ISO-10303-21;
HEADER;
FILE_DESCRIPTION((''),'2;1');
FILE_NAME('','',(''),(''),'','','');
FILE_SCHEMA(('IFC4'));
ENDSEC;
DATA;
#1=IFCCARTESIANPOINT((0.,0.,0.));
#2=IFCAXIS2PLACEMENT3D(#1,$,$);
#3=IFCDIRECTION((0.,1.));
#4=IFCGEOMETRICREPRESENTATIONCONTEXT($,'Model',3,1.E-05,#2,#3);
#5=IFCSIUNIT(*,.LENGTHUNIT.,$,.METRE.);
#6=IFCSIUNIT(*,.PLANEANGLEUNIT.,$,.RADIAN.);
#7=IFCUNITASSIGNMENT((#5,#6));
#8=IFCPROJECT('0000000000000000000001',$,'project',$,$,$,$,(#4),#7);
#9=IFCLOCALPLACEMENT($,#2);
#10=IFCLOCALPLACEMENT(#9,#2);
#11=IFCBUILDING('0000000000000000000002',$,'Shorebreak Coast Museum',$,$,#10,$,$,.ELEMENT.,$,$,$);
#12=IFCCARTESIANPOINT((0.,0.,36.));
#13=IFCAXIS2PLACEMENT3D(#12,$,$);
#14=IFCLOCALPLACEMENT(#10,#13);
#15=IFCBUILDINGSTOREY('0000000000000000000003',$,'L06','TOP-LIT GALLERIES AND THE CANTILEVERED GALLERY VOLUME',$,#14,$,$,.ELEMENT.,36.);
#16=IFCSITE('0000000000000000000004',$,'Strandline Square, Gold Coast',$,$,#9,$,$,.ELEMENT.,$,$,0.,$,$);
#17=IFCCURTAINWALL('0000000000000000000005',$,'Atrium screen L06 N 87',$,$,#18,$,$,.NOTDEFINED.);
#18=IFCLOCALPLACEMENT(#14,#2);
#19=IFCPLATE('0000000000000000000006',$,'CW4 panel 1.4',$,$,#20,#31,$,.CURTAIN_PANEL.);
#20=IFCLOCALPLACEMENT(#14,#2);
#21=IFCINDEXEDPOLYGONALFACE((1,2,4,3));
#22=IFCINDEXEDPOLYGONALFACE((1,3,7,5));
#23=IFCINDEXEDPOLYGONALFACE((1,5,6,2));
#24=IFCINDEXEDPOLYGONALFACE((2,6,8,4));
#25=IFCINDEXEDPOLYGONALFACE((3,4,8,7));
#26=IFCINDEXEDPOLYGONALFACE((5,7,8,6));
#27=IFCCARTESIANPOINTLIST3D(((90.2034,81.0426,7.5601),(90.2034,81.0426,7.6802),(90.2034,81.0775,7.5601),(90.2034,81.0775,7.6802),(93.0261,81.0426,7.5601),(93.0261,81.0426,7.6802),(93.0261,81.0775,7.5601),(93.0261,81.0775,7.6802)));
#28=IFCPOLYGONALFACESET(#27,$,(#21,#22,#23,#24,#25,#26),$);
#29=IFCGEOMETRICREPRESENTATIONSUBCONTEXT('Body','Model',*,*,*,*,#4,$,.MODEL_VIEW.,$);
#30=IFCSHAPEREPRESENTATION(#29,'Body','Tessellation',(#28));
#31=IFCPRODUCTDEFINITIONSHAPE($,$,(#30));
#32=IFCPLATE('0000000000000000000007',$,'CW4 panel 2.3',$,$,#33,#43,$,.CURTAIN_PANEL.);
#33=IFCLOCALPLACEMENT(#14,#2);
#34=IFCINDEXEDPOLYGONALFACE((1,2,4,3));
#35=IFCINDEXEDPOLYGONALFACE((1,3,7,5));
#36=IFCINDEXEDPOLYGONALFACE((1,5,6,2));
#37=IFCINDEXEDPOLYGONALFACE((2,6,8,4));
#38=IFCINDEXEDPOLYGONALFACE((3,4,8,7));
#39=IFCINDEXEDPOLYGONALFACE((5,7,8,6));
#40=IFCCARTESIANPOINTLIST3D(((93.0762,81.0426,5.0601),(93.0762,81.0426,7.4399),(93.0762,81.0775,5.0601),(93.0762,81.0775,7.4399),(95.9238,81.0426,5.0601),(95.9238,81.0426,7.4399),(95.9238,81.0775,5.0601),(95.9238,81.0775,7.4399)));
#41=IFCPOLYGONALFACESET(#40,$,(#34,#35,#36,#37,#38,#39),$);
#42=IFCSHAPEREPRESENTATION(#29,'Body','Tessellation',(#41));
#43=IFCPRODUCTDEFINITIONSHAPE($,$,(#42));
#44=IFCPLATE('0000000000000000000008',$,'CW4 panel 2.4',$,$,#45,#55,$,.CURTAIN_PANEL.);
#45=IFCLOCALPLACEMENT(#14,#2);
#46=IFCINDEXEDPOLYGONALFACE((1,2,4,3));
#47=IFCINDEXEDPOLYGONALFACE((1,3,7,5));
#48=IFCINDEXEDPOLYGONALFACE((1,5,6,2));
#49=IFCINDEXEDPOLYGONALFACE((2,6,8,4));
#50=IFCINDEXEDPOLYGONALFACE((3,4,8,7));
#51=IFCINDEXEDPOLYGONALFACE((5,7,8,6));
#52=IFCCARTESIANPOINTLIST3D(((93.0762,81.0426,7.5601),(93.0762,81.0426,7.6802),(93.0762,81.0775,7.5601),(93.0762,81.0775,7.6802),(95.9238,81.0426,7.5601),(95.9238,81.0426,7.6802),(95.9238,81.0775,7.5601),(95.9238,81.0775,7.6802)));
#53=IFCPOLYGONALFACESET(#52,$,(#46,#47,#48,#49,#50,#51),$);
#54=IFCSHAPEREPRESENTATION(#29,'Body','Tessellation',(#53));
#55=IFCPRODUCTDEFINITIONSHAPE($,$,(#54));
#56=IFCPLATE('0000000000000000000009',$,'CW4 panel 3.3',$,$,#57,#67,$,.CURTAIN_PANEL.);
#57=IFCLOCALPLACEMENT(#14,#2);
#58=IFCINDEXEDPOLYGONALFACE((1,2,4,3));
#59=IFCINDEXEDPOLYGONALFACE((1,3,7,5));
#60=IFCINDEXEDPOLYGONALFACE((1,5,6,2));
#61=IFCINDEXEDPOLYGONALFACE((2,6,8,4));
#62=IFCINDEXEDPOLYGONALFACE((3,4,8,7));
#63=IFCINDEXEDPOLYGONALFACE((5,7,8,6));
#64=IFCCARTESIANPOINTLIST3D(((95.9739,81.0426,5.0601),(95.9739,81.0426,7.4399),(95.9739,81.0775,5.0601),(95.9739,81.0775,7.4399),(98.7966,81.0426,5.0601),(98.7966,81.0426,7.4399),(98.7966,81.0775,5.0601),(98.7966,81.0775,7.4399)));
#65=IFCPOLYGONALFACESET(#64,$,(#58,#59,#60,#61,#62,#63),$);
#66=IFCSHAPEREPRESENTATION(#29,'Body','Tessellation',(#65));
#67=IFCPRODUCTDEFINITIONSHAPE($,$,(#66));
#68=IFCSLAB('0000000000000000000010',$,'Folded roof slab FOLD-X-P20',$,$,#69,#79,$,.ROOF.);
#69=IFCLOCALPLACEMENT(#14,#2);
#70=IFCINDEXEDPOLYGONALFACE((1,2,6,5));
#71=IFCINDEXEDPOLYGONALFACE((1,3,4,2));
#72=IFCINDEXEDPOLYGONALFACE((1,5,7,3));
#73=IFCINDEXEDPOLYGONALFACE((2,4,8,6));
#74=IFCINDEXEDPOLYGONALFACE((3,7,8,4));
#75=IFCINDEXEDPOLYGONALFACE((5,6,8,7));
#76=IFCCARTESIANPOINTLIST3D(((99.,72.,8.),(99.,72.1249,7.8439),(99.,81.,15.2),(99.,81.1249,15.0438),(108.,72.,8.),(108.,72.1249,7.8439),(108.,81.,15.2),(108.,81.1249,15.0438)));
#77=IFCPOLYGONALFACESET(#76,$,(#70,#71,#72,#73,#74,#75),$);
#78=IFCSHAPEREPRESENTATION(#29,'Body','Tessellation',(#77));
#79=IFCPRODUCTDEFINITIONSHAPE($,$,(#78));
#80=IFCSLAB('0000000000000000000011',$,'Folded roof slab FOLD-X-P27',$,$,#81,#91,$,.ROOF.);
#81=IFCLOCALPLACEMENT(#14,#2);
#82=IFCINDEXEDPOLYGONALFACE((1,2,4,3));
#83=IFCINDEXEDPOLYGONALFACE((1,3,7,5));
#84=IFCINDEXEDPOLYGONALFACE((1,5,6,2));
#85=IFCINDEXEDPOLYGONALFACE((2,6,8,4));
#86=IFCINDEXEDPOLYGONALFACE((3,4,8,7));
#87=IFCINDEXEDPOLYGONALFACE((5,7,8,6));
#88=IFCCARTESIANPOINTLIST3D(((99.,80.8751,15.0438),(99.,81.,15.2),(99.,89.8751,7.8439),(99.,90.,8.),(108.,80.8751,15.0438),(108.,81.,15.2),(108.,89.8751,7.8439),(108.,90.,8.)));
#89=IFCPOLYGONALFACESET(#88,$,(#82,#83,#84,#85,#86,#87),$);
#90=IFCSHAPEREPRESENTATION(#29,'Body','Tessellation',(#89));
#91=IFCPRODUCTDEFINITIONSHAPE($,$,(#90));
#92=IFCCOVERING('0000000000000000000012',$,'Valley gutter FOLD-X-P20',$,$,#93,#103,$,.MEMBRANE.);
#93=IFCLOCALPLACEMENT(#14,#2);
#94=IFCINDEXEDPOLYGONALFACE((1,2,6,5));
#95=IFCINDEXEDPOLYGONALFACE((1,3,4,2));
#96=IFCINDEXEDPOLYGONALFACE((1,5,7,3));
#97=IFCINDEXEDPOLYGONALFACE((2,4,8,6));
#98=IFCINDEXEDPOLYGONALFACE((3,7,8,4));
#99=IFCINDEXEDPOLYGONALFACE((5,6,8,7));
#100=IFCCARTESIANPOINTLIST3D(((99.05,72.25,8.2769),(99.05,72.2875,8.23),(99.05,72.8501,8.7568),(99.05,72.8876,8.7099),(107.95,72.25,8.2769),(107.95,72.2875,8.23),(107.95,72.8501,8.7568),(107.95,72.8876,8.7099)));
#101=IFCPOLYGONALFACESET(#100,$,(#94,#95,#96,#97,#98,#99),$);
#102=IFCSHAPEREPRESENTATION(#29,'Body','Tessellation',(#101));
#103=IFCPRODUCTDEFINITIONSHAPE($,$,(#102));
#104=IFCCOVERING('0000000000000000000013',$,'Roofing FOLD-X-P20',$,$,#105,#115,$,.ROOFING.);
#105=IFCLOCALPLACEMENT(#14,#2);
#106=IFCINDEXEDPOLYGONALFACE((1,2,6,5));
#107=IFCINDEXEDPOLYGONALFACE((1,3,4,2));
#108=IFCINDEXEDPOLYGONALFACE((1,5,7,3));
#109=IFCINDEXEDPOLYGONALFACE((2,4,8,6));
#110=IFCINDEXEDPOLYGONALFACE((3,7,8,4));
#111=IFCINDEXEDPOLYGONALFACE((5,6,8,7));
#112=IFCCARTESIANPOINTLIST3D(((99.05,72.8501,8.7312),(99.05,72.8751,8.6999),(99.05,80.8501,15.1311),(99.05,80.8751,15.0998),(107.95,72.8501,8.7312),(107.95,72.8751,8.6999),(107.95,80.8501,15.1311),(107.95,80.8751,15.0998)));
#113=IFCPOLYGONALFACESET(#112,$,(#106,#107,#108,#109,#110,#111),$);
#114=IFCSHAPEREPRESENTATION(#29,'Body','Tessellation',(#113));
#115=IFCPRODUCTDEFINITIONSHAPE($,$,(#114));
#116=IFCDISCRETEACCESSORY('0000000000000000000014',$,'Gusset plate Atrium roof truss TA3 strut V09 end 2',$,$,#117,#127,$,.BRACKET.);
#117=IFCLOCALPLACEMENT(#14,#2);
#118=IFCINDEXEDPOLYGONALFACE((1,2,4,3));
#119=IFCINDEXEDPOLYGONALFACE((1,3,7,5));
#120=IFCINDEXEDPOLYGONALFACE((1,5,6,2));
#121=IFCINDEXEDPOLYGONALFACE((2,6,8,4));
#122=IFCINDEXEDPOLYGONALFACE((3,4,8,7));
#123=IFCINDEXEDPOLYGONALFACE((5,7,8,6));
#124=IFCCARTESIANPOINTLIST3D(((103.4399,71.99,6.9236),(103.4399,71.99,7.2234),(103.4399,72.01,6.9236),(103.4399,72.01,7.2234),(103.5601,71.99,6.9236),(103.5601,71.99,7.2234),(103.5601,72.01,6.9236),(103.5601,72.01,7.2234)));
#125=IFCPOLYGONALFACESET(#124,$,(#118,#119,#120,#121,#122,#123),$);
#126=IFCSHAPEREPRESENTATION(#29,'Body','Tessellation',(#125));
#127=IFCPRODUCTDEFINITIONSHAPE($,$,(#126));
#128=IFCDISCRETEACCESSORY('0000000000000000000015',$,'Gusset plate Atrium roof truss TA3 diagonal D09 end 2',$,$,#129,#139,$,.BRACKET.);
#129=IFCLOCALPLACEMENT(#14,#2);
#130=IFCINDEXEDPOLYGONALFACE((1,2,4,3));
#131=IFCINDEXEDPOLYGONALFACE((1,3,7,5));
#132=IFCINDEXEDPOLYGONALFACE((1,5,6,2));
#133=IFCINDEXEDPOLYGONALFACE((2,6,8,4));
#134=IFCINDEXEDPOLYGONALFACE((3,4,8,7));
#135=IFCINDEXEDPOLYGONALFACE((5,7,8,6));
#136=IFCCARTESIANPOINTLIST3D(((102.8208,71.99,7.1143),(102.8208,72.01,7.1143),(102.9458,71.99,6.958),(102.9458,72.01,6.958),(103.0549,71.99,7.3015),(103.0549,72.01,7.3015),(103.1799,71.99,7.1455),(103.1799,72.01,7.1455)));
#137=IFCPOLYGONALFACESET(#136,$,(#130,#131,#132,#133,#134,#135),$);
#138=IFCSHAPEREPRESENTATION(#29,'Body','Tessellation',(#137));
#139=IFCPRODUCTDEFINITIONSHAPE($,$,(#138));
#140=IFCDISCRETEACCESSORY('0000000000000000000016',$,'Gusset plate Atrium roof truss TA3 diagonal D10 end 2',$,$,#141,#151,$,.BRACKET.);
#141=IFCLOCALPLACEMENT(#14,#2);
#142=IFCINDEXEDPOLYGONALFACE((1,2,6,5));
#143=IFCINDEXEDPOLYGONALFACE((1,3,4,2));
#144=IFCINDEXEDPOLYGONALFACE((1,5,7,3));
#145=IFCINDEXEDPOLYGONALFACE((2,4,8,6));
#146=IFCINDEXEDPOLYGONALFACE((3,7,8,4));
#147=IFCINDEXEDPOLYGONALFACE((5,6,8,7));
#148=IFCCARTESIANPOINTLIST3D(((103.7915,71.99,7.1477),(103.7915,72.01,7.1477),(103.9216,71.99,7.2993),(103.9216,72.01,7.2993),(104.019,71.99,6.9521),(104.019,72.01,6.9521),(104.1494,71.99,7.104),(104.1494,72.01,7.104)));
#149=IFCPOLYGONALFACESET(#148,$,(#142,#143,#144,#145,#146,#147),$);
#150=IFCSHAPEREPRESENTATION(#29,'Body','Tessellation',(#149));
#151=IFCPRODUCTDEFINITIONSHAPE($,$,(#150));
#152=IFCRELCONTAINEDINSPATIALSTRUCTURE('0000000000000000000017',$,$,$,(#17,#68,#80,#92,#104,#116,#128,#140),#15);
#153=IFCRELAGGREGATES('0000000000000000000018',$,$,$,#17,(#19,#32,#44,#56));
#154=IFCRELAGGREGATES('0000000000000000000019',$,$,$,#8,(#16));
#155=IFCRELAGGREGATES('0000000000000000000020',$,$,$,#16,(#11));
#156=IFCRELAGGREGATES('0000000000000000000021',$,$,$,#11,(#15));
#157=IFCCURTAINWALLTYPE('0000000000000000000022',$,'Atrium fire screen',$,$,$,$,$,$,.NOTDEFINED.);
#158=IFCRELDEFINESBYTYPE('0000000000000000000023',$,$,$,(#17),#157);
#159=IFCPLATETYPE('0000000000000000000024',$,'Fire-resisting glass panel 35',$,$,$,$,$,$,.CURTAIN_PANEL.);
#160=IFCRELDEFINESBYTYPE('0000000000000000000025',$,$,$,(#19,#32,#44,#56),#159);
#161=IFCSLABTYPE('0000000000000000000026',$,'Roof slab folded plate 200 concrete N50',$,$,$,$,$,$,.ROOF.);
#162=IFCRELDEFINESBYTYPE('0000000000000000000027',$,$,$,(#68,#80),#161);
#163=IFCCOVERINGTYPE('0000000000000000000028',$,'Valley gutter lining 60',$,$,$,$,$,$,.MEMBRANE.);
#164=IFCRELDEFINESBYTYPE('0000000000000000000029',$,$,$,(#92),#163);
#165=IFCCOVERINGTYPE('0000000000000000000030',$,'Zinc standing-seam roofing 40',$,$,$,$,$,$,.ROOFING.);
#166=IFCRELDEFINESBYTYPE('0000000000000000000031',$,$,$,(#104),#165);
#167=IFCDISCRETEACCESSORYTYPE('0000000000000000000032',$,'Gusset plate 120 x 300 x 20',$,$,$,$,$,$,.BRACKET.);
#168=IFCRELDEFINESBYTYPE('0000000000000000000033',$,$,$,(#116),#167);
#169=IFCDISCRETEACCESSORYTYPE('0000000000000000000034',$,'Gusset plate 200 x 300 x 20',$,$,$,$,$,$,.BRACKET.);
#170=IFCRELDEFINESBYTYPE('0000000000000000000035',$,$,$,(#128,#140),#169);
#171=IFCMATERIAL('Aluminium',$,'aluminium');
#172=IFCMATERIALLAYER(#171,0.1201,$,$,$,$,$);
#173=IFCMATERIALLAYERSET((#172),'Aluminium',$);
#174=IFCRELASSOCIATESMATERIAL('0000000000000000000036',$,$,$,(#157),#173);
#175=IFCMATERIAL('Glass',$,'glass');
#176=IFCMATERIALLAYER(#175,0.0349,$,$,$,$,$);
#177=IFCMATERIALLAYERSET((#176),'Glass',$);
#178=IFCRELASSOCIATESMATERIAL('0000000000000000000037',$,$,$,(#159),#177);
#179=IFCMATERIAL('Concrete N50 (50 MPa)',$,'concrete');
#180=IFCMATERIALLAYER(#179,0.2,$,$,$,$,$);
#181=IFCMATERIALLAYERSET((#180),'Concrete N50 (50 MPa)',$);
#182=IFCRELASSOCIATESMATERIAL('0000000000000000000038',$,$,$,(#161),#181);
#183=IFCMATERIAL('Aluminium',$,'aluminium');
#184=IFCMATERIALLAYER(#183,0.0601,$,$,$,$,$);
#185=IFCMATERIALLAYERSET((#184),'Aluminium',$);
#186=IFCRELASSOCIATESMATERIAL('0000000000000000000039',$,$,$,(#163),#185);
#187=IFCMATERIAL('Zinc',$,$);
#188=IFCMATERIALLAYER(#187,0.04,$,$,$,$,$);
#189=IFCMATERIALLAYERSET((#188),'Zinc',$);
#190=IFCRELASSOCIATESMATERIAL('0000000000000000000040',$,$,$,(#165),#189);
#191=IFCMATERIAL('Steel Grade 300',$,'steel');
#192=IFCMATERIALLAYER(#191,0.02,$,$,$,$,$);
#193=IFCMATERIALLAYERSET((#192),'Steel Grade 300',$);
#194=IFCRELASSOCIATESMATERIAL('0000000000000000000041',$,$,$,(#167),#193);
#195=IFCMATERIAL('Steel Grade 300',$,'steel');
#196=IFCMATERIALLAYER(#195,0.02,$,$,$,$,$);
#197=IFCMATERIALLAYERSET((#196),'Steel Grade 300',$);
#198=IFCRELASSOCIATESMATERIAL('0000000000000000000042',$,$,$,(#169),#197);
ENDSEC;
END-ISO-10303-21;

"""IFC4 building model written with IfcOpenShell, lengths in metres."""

from ifc_helpers import new_model, si_unit, direction, frame, origin, origin_2d, place, context, subcontext, project, spatial, polyline, rectangle, outline, extrude, material, layer, layer_set, type_object, element, aggregate, save


model = new_model("IFC4")

# Units and contexts
model_context = context("Model", 3, precision=1e-05, world=origin(), true_north=direction((0.0, 1.0)))
body_context = subcontext(model_context, "Body", "Model", "MODEL_VIEW")
ifc_project = project(units=[si_unit("LENGTHUNIT", "METRE"), si_unit("PLANEANGLEUNIT", "RADIAN")], contexts=[model_context])

# Site, building, storey
site_placement = place(None, origin())
site = spatial("IfcSite", under=ifc_project, at=site_placement, Name="Strandline Square, Gold Coast", CompositionType="ELEMENT", RefElevation=0.0)
building_placement = place(site_placement, origin())
building = spatial("IfcBuilding", under=site, at=building_placement, Name="Shorebreak Coast Museum", CompositionType="ELEMENT")
storey_placement = place(building_placement, frame((0.0, 0.0, 36.0)))
storey = spatial("IfcBuildingStorey", under=building, at=storey_placement, Name="L06", Description="TOP-LIT GALLERIES AND THE CANTILEVERED GALLERY VOLUME", CompositionType="ELEMENT", Elevation=36.0)

# Curtain wall, plates
ifc_material_1 = material(Name="Aluminium", Category="aluminium")
ifc_layer_1 = layer(ifc_material_1, 0.1201)
ifc_layer_set_1 = layer_set([ifc_layer_1], Name="Aluminium")
curtain_wall_type = type_object("IfcCurtainWallType", Name="Atrium fire screen", PredefinedType="NOTDEFINED", material=ifc_layer_set_1)
curtain_wall_placement = place(storey_placement, origin())
curtain_wall = element("IfcCurtainWall", 1, at=curtain_wall_placement, inside=storey, type_object=curtain_wall_type, Name="Atrium screen L06 N 87", PredefinedType="NOTDEFINED")
ifc_material_2 = material(Name="Glass", Category="glass")
ifc_layer_2 = layer(ifc_material_2, 0.0349)
ifc_layer_set_2 = layer_set([ifc_layer_2], Name="Glass")
plate_type = type_object("IfcPlateType", Name="Fire-resisting glass panel 35", PredefinedType="CURTAIN_PANEL", material=ifc_layer_set_2)
plate_1_placement = place(storey_placement, frame((91.6147, 81.0601, 7.5601), z_axis=(0.0, 0.0, 1.0), x_axis=(1.0, 0.0, 0.0)))
plate_1 = element("IfcPlate", 2, at=plate_1_placement, type_object=plate_type, Name="CW4 panel 1.4", PredefinedType="CURTAIN_PANEL", context=body_context, shape_type="SweptSolid", body=[
    extrude(rectangle(XDim=2.8228, YDim=0.0349, at=origin_2d()), origin(), (0.0, 0.0, 1.0), 0.1201),
])
plate_2_placement = place(storey_placement, frame((94.5, 81.0601, 5.0601), z_axis=(0.0, 0.0, 1.0), x_axis=(1.0, 0.0, 0.0)))
plate_2 = element("IfcPlate", 3, at=plate_2_placement, type_object=plate_type, Name="CW4 panel 2.3", PredefinedType="CURTAIN_PANEL", context=body_context, shape_type="SweptSolid", body=[
    extrude(rectangle(XDim=2.8477, YDim=0.0349, at=origin_2d()), origin(), (0.0, 0.0, 1.0), 2.3799),
])
plate_3_placement = place(storey_placement, frame((94.5, 81.0601, 7.5601), z_axis=(0.0, 0.0, 1.0), x_axis=(1.0, 0.0, 0.0)))
plate_3 = element("IfcPlate", 4, at=plate_3_placement, type_object=plate_type, Name="CW4 panel 2.4", PredefinedType="CURTAIN_PANEL", context=body_context, shape_type="SweptSolid", body=[
    extrude(rectangle(XDim=2.8477, YDim=0.0349, at=origin_2d()), origin(), (0.0, 0.0, 1.0), 0.1201),
])
plate_4_placement = place(storey_placement, frame((97.3853, 81.0601, 5.0601), z_axis=(0.0, 0.0, 1.0), x_axis=(1.0, 0.0, 0.0)))
plate_4 = element("IfcPlate", 5, at=plate_4_placement, type_object=plate_type, Name="CW4 panel 3.3", PredefinedType="CURTAIN_PANEL", context=body_context, shape_type="SweptSolid", body=[
    extrude(rectangle(XDim=2.8228, YDim=0.0349, at=origin_2d()), origin(), (0.0, 0.0, 1.0), 2.3799),
])
aggregate(curtain_wall, [plate_1, plate_2, plate_3, plate_4])

# Slabs
ifc_material_3 = material(Name="Concrete N50 (50 MPa)", Category="concrete")
ifc_layer_3 = layer(ifc_material_3, 0.2)
ifc_layer_set_3 = layer_set([ifc_layer_3], Name="Concrete N50 (50 MPa)")
slab_type = type_object("IfcSlabType", Name="Roof slab folded plate 200 concrete N50", PredefinedType="ROOF", material=ifc_layer_set_3)
for number, where, z_axis, x_axis, name in (
    (6, (99.0, 72.0, 8.0), (0.0, -0.624692, 0.780871), (1.0, 0.0, 0.0), "Folded roof slab FOLD-X-P20"),
    (7, (99.0, 81.0, 15.2), (0.0, 0.624692, 0.780871), (1.0, 0.0, 0.0), "Folded roof slab FOLD-X-P27"),
):
    element("IfcSlab", number, at=place(storey_placement, frame(where, z_axis=z_axis, x_axis=x_axis)), inside=storey, type_object=slab_type, Name=name, PredefinedType="ROOF", context=body_context, shape_type="SweptSolid", body=[
        extrude(outline(polyline([(0.0, 0.0), (9.0, 0.0), (9.0, 11.5256), (0.0, 11.5256), (0.0, 0.0)])), origin(), (0.0, 0.0, -1.0), 0.2),
    ])

# Coverings
ifc_material_4 = material(Name="Aluminium", Category="aluminium")
ifc_layer_4 = layer(ifc_material_4, 0.0601)
ifc_layer_set_4 = layer_set([ifc_layer_4], Name="Aluminium")
covering_type_1 = type_object("IfcCoveringType", Name="Valley gutter lining 60", PredefinedType="MEMBRANE", material=ifc_layer_set_4)
covering_1_placement = place(storey_placement, frame((99.05, 72.25, 8.2769), z_axis=(0.0, -0.624618, 0.780931), x_axis=(1.0, 0.0, 0.0)))
element("IfcCovering", 8, at=covering_1_placement, inside=storey, type_object=covering_type_1, Name="Valley gutter FOLD-X-P20", PredefinedType="MEMBRANE", context=body_context, shape_type="SweptSolid", body=[
    extrude(outline(polyline([(0.0, 0.0), (8.8999, 0.0), (8.8999, 0.7684), (0.0, 0.7684), (0.0, 0.0)])), origin(), (0.0, 0.0, -1.0), 0.0601),
])
ifc_material_5 = material(Name="Zinc")
ifc_layer_5 = layer(ifc_material_5, 0.04)
ifc_layer_set_5 = layer_set([ifc_layer_5], Name="Zinc")
covering_type_2 = type_object("IfcCoveringType", Name="Zinc standing-seam roofing 40", PredefinedType="ROOFING", material=ifc_layer_set_5)
covering_2_placement = place(storey_placement, frame((99.05, 72.8501, 8.7312), z_axis=(0.0, -0.624689, 0.780873), x_axis=(1.0, 0.0, 0.0)))
element("IfcCovering", 9, at=covering_2_placement, inside=storey, type_object=covering_type_2, Name="Roofing FOLD-X-P20", PredefinedType="ROOFING", context=body_context, shape_type="SweptSolid", body=[
    extrude(outline(polyline([(0.0, 0.0), (8.8999, 0.0), (8.8999, 10.2449), (0.0, 10.2449), (0.0, 0.0)])), origin(), (0.0, 0.0, -1.0), 0.04),
])

# Discrete accessories
ifc_material_6 = material(Name="Steel Grade 300", Category="steel")
ifc_layer_6 = layer(ifc_material_6, 0.02)
ifc_layer_set_6 = layer_set([ifc_layer_6], Name="Steel Grade 300")
discrete_accessory_type_1 = type_object("IfcDiscreteAccessoryType", Name="Gusset plate 120 x 300 x 20", PredefinedType="BRACKET", material=ifc_layer_set_6)
discrete_accessory_1_placement = place(storey_placement, frame((103.4399, 71.99, 6.9236), z_axis=(0.0, -1.0, 0.0), x_axis=(1.0, 0.0, 0.0)))
element("IfcDiscreteAccessory", 10, at=discrete_accessory_1_placement, inside=storey, type_object=discrete_accessory_type_1, Name="Gusset plate Atrium roof truss TA3 strut V09 end 2", PredefinedType="BRACKET", context=body_context, shape_type="SweptSolid", body=[
    extrude(outline(polyline([(0.0, 0.0), (0.1201, 0.0), (0.1201, 0.2998), (0.0, 0.2998), (0.0, 0.0)])), origin(), (0.0, 0.0, -1.0), 0.02),
])
ifc_material_7 = material(Name="Steel Grade 300", Category="steel")
ifc_layer_7 = layer(ifc_material_7, 0.02)
ifc_layer_set_7 = layer_set([ifc_layer_7], Name="Steel Grade 300")
discrete_accessory_type_2 = type_object("IfcDiscreteAccessoryType", Name="Gusset plate 200 x 300 x 20", PredefinedType="BRACKET", material=ifc_layer_set_7)
discrete_accessory_2_placement = place(storey_placement, frame((102.8208, 71.99, 7.1143), z_axis=(0.0, -1.0, 0.0), x_axis=(0.624695, 0.0, -0.780869)))
element("IfcDiscreteAccessory", 11, at=discrete_accessory_2_placement, inside=storey, type_object=discrete_accessory_type_2, Name="Gusset plate Atrium roof truss TA3 diagonal D09 end 2", PredefinedType="BRACKET", context=body_context, shape_type="SweptSolid", body=[
    extrude(outline(polyline([(0.0, 0.0), (0.2001, 0.0), (0.1999, 0.3), (0.0, 0.2998), (0.0, 0.0)])), origin(), (0.0, 0.0, -1.0), 0.02),
])
discrete_accessory_3_placement = place(storey_placement, frame((104.019, 71.99, 6.9521), z_axis=(0.0, -1.0, 0.0), x_axis=(0.651394, 0.0, 0.75874)))
element("IfcDiscreteAccessory", 12, at=discrete_accessory_3_placement, inside=storey, type_object=discrete_accessory_type_2, Name="Gusset plate Atrium roof truss TA3 diagonal D10 end 2", PredefinedType="BRACKET", context=body_context, shape_type="SweptSolid", body=[
    extrude(outline(polyline([(0.0, 0.0), (0.2001, 0.0), (0.2, 0.3001), (0.0002, 0.3), (0.0, 0.0)])), origin(), (0.0, 0.0, -1.0), 0.02),
])

save(model, "model.ifc")
